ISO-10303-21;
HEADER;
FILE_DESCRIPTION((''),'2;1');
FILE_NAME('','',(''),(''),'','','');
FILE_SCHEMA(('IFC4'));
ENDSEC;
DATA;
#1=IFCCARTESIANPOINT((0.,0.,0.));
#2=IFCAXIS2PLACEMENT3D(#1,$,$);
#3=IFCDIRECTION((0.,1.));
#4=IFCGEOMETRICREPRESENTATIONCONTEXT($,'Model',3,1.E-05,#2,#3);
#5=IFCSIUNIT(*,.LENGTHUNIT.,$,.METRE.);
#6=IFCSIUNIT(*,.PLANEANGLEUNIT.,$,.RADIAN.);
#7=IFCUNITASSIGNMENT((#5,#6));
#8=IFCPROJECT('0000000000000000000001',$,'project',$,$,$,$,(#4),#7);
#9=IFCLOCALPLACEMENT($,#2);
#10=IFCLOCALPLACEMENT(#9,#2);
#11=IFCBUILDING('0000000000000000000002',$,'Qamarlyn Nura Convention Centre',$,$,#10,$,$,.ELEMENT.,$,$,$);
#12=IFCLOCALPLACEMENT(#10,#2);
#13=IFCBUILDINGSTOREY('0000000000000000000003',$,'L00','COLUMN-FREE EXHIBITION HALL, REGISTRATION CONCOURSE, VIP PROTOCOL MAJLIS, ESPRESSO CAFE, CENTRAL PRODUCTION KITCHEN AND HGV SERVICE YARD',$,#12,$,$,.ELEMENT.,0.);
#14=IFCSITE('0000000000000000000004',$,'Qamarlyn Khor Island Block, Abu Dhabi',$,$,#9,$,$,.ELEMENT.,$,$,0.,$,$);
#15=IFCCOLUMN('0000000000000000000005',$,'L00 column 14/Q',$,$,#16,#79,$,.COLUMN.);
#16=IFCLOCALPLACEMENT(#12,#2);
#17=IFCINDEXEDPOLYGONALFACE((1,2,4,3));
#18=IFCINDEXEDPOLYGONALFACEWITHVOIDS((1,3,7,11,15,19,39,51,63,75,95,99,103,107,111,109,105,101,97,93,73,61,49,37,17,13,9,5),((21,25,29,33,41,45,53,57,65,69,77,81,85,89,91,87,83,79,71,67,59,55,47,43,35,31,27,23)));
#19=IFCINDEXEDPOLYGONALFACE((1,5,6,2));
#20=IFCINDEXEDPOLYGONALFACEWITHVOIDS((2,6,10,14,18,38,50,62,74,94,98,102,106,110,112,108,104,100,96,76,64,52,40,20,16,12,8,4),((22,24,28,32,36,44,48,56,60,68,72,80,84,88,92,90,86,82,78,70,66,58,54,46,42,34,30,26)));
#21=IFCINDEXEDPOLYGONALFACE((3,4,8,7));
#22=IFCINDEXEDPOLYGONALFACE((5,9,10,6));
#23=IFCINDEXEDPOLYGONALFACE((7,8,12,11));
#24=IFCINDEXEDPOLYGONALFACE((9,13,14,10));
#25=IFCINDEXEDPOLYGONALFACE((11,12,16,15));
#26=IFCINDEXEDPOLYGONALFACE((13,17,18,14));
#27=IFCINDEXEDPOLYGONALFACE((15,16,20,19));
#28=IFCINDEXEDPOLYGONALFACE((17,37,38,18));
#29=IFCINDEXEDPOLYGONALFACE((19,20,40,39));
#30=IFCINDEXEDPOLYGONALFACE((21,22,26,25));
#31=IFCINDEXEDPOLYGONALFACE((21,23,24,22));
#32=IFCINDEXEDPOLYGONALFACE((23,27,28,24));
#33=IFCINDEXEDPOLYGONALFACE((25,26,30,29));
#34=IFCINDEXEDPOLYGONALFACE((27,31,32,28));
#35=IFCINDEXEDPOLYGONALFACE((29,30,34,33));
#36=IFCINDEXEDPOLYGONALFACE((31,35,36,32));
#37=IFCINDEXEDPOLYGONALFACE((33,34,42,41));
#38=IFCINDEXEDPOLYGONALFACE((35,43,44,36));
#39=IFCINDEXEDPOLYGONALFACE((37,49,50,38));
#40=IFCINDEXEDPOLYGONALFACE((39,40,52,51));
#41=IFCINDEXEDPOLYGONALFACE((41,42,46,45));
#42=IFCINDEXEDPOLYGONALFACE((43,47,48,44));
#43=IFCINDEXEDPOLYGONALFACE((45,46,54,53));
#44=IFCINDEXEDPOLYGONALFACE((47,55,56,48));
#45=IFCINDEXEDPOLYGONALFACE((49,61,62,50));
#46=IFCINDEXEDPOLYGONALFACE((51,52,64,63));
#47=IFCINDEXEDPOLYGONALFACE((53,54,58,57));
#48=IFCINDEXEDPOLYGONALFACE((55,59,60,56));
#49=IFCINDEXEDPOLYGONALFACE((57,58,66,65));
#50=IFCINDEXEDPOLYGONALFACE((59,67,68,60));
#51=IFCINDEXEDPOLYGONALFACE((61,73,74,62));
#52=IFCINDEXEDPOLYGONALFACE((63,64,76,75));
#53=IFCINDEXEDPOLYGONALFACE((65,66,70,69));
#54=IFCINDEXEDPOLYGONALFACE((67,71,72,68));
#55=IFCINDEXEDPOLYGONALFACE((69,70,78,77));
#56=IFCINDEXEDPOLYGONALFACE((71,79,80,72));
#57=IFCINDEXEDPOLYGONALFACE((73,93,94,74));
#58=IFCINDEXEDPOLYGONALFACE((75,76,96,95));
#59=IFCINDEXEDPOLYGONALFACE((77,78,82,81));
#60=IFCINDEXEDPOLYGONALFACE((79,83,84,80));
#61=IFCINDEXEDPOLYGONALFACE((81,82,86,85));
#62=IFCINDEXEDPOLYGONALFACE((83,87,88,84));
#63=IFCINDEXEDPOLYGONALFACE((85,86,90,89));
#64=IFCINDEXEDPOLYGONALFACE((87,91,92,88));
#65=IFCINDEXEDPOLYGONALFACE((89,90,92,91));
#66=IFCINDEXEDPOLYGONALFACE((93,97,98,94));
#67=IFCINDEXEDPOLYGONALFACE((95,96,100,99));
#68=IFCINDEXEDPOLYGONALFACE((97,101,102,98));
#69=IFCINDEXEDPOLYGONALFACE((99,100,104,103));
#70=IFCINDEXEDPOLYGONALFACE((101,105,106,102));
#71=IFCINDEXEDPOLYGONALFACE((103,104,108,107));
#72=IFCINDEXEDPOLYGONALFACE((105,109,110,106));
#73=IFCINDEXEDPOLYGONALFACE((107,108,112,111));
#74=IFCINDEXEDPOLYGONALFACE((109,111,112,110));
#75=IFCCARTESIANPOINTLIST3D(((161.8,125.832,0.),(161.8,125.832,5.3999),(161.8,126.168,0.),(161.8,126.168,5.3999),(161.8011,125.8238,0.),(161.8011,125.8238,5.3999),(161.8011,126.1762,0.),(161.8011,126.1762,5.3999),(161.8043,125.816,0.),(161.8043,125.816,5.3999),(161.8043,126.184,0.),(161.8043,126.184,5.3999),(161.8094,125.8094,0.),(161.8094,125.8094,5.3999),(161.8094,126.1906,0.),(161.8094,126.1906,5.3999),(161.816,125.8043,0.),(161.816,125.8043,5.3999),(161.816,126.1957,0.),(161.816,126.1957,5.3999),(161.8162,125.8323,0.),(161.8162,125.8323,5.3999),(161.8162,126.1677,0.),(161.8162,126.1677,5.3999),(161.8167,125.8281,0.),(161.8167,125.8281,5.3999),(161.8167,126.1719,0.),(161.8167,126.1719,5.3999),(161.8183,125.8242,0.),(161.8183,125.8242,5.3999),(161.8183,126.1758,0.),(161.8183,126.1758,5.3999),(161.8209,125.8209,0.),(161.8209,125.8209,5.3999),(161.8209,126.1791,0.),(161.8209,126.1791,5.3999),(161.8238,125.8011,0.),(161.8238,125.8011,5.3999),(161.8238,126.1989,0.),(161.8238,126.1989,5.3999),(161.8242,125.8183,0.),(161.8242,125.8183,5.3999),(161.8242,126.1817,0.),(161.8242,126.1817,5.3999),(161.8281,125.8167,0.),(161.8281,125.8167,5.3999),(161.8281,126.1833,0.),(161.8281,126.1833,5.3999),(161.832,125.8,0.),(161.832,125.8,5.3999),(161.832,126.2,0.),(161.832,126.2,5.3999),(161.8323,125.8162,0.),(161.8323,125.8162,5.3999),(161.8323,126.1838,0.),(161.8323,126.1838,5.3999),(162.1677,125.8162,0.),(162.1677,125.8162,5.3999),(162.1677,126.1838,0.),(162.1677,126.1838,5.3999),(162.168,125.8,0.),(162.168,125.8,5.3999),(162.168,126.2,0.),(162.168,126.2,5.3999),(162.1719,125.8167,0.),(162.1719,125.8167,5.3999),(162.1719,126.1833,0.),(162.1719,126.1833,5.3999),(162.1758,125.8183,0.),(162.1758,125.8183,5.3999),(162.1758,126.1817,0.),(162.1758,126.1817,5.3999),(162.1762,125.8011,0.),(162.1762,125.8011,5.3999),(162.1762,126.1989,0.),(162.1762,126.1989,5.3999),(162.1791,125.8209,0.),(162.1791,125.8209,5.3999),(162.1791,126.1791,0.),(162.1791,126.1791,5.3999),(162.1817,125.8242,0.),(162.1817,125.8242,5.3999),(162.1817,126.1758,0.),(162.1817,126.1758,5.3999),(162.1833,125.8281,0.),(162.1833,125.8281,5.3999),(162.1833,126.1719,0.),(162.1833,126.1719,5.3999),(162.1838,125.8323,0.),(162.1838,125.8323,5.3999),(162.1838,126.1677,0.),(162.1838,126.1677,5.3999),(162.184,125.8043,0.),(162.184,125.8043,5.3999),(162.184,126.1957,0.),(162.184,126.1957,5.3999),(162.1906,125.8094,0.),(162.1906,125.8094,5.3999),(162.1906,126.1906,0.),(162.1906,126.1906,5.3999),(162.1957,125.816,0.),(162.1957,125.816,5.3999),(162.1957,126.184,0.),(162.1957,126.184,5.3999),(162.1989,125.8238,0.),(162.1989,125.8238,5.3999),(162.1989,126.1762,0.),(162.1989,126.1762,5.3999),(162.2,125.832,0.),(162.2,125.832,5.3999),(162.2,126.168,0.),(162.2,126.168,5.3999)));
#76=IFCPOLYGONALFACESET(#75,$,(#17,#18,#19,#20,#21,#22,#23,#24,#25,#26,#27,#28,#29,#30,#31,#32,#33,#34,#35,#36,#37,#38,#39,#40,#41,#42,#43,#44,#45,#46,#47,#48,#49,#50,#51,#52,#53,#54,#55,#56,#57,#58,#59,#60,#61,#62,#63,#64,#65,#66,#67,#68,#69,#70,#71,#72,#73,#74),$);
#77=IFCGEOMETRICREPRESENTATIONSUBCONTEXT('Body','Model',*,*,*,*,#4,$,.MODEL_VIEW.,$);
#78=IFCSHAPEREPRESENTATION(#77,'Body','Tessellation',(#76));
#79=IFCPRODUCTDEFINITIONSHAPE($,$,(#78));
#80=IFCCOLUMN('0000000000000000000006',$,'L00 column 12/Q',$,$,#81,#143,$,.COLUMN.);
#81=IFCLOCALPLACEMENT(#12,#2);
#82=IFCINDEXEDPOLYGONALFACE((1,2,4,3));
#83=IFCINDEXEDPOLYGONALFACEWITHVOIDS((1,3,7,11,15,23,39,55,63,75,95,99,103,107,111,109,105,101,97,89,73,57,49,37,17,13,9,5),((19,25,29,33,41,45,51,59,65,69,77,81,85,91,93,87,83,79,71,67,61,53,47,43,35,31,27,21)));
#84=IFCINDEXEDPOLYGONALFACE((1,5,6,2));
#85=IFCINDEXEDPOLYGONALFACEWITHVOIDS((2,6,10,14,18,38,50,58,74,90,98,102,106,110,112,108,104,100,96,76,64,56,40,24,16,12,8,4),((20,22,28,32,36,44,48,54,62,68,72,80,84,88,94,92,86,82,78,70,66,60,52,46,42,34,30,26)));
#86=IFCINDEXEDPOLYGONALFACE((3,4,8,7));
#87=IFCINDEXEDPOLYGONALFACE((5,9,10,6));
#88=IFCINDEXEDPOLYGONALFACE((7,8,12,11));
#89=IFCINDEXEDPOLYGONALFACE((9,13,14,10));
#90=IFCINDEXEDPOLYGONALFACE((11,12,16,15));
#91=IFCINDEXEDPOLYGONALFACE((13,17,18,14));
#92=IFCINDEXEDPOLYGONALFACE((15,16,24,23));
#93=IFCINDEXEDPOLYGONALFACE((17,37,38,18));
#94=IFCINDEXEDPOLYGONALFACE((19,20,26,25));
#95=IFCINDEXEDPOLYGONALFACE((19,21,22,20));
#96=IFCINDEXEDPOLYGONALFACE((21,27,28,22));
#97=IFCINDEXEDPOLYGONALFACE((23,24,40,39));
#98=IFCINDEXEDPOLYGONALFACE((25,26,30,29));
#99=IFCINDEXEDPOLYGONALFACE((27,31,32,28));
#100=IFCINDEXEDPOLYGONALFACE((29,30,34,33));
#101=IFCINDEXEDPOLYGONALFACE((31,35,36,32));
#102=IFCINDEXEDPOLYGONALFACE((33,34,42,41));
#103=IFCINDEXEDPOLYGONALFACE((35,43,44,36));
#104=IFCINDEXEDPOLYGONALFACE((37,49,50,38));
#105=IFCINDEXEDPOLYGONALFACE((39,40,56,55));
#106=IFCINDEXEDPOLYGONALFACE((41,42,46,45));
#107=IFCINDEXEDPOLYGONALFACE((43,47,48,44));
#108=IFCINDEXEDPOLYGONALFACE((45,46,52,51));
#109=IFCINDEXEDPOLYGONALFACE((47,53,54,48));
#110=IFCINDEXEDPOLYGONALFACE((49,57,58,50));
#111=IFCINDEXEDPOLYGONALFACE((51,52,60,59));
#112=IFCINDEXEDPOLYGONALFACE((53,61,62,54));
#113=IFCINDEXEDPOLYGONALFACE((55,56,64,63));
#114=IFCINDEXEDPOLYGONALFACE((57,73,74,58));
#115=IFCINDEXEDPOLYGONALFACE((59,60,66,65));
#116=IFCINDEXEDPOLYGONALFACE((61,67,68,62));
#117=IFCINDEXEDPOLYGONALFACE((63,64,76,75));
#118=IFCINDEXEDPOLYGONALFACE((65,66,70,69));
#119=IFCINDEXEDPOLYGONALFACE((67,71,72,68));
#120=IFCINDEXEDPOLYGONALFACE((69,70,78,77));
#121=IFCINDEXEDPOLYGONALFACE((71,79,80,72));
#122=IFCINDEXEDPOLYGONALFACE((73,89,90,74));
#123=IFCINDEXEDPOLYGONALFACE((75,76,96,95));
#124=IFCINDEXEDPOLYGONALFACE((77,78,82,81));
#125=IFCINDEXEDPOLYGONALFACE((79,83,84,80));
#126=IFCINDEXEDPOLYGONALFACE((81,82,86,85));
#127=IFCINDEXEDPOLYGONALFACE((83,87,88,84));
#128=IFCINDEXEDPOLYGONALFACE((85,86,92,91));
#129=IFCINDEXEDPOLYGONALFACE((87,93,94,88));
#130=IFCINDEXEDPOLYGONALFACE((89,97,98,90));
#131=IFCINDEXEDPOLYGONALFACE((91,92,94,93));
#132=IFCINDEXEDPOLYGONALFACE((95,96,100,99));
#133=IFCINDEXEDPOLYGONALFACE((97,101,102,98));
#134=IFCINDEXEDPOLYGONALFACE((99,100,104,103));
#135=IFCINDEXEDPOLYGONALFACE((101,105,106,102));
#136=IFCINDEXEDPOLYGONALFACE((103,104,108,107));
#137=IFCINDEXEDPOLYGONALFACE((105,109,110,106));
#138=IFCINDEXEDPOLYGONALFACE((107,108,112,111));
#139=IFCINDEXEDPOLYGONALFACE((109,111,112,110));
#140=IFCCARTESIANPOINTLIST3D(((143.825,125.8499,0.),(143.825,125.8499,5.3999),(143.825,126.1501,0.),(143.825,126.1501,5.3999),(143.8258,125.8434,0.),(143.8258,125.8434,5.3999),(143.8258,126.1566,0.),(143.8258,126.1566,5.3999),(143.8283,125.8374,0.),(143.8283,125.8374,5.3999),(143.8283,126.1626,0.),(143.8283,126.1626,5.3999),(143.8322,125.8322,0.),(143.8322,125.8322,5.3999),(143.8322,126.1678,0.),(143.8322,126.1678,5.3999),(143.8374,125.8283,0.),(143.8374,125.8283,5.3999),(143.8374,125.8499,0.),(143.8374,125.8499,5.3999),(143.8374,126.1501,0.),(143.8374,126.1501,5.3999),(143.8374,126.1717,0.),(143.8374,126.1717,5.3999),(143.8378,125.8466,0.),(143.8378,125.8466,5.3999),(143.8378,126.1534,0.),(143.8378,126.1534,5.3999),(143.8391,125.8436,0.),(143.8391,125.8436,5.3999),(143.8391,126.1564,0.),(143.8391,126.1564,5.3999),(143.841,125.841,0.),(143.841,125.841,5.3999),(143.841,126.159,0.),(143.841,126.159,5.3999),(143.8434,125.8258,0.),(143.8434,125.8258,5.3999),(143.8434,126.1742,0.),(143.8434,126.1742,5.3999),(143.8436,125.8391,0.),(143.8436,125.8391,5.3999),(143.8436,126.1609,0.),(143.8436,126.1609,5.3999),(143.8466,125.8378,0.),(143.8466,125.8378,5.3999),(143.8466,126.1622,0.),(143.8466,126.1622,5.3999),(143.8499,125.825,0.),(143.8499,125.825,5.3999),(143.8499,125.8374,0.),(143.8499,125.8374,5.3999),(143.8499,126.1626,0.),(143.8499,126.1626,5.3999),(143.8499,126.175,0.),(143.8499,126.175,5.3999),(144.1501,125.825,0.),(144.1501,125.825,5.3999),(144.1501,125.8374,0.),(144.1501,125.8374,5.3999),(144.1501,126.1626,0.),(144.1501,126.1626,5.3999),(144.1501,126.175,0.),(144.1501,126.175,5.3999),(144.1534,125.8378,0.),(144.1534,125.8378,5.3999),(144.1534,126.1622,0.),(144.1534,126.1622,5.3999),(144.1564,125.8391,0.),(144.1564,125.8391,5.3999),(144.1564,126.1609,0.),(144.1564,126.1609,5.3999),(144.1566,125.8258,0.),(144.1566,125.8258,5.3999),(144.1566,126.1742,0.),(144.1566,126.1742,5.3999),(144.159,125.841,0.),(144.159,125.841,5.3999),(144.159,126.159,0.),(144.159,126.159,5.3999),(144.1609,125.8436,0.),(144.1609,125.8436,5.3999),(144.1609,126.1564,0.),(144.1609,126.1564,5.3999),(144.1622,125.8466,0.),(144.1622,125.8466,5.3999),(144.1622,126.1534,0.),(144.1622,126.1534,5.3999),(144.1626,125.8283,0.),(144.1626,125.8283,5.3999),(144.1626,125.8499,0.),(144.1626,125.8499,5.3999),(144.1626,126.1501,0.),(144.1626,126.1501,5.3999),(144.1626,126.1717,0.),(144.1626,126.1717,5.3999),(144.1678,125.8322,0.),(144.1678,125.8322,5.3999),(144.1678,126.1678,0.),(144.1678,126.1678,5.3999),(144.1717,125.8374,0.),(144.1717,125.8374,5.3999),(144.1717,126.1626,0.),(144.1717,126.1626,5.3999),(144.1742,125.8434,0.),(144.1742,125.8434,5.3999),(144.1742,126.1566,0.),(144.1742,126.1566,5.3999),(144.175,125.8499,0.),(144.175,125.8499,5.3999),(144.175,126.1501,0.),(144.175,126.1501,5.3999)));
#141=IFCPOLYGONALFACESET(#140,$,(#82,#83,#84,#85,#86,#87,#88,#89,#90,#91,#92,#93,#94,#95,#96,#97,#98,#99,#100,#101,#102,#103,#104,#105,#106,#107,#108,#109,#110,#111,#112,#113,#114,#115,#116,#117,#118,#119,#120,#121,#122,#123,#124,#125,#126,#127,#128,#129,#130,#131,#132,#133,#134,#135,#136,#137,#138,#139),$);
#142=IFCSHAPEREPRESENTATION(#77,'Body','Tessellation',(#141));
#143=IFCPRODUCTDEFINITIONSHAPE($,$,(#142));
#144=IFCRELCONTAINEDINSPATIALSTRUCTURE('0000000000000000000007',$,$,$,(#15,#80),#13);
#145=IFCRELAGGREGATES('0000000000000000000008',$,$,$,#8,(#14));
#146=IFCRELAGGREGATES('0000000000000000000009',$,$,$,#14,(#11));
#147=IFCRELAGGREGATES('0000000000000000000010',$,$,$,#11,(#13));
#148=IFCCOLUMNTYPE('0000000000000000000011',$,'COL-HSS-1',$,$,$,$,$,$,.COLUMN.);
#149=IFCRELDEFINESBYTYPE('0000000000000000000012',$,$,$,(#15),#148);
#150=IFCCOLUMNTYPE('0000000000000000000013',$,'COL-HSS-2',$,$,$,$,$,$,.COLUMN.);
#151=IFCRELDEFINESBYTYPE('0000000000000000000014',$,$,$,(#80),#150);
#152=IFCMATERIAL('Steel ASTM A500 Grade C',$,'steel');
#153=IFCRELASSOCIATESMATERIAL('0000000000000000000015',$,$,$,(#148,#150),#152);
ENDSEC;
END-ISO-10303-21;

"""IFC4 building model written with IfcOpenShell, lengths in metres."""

from ifc_helpers import new_model, si_unit, direction, frame, origin, origin_2d, place, context, subcontext, project, spatial, hollow_rectangle, extrude, material, material_profile, profile_set, type_object, element, save


model = new_model("IFC4")

# Units and contexts
model_context = context("Model", 3, precision=1e-05, world=origin(), true_north=direction((0.0, 1.0)))
body_context = subcontext(model_context, "Body", "Model", "MODEL_VIEW")
ifc_project = project(units=[si_unit("LENGTHUNIT", "METRE"), si_unit("PLANEANGLEUNIT", "RADIAN")], contexts=[model_context])

# Site, building, storey
site_placement = place(None, origin())
site = spatial("IfcSite", under=ifc_project, at=site_placement, Name="Qamarlyn Khor Island Block, Abu Dhabi", CompositionType="ELEMENT", RefElevation=0.0)
building_placement = place(site_placement, origin())
building = spatial("IfcBuilding", under=site, at=building_placement, Name="Qamarlyn Nura Convention Centre", CompositionType="ELEMENT")
storey_placement = place(building_placement, origin())
storey = spatial("IfcBuildingStorey", under=building, at=storey_placement, Name="L00", Description="COLUMN-FREE EXHIBITION HALL, REGISTRATION CONCOURSE, VIP PROTOCOL MAJLIS, ESPRESSO CAFE, CENTRAL PRODUCTION KITCHEN AND HGV SERVICE YARD", CompositionType="ELEMENT", Elevation=0.0)

# Columns
ifc_material_1 = material(Name="Steel ASTM A500 Grade C", Category="steel")
ifc_material_profile_1 = material_profile(ifc_material_1, hollow_rectangle(XDim=0.3999, YDim=0.3999, WallThickness=0.0161, InnerFilletRadius=0.0161, OuterFilletRadius=0.032, at=origin_2d()), Name="HSS400X400X16")
ifc_profile_set_1 = profile_set([ifc_material_profile_1], Name="Steel ASTM A500 Grade C")
column_type_1 = type_object("IfcColumnType", Name="COL-HSS-1", PredefinedType="COLUMN", material=ifc_profile_set_1)
column_placement = place(storey_placement, frame((162.0, 126.0, 0.0), z_axis=(0.0, 0.0, 1.0), x_axis=(1.0, 0.0, 0.0)))
element("IfcColumn", 1, at=column_placement, inside=storey, type_object=column_type_1, Name="L00 column 14/Q", PredefinedType="COLUMN", context=body_context, shape_type="SweptSolid", body=[
    extrude(hollow_rectangle(XDim=0.3999, YDim=0.3999, WallThickness=0.0161, InnerFilletRadius=0.0161, OuterFilletRadius=0.032, at=origin_2d()), origin(), (0.0, 0.0, 1.0), 5.3999),
])
ifc_material_profile_2 = material_profile(ifc_material_1, hollow_rectangle(XDim=0.3501, YDim=0.3501, WallThickness=0.0125, InnerFilletRadius=0.0125, OuterFilletRadius=0.0249, at=origin_2d()), Name="HSS350X350X12.5")
ifc_profile_set_2 = profile_set([ifc_material_profile_2], Name="Steel ASTM A500 Grade C")
column_type_2 = type_object("IfcColumnType", Name="COL-HSS-2", PredefinedType="COLUMN", material=ifc_profile_set_2)
for number, where, z_axis, x_axis, name in (
    (2, (144.0, 126.0, 0.0), (0.0, 0.0, 1.0), (1.0, 0.0, 0.0), "L00 column 12/Q"),
):
    element("IfcColumn", number, at=place(storey_placement, frame(where, z_axis=z_axis, x_axis=x_axis)), inside=storey, type_object=column_type_2, Name=name, PredefinedType="COLUMN", context=body_context, shape_type="SweptSolid", body=[
        extrude(hollow_rectangle(XDim=0.3501, YDim=0.3501, WallThickness=0.0125, InnerFilletRadius=0.0125, OuterFilletRadius=0.0249, at=origin_2d()), origin(), (0.0, 0.0, 1.0), 5.3999),
    ])

save(model, "model.ifc")
